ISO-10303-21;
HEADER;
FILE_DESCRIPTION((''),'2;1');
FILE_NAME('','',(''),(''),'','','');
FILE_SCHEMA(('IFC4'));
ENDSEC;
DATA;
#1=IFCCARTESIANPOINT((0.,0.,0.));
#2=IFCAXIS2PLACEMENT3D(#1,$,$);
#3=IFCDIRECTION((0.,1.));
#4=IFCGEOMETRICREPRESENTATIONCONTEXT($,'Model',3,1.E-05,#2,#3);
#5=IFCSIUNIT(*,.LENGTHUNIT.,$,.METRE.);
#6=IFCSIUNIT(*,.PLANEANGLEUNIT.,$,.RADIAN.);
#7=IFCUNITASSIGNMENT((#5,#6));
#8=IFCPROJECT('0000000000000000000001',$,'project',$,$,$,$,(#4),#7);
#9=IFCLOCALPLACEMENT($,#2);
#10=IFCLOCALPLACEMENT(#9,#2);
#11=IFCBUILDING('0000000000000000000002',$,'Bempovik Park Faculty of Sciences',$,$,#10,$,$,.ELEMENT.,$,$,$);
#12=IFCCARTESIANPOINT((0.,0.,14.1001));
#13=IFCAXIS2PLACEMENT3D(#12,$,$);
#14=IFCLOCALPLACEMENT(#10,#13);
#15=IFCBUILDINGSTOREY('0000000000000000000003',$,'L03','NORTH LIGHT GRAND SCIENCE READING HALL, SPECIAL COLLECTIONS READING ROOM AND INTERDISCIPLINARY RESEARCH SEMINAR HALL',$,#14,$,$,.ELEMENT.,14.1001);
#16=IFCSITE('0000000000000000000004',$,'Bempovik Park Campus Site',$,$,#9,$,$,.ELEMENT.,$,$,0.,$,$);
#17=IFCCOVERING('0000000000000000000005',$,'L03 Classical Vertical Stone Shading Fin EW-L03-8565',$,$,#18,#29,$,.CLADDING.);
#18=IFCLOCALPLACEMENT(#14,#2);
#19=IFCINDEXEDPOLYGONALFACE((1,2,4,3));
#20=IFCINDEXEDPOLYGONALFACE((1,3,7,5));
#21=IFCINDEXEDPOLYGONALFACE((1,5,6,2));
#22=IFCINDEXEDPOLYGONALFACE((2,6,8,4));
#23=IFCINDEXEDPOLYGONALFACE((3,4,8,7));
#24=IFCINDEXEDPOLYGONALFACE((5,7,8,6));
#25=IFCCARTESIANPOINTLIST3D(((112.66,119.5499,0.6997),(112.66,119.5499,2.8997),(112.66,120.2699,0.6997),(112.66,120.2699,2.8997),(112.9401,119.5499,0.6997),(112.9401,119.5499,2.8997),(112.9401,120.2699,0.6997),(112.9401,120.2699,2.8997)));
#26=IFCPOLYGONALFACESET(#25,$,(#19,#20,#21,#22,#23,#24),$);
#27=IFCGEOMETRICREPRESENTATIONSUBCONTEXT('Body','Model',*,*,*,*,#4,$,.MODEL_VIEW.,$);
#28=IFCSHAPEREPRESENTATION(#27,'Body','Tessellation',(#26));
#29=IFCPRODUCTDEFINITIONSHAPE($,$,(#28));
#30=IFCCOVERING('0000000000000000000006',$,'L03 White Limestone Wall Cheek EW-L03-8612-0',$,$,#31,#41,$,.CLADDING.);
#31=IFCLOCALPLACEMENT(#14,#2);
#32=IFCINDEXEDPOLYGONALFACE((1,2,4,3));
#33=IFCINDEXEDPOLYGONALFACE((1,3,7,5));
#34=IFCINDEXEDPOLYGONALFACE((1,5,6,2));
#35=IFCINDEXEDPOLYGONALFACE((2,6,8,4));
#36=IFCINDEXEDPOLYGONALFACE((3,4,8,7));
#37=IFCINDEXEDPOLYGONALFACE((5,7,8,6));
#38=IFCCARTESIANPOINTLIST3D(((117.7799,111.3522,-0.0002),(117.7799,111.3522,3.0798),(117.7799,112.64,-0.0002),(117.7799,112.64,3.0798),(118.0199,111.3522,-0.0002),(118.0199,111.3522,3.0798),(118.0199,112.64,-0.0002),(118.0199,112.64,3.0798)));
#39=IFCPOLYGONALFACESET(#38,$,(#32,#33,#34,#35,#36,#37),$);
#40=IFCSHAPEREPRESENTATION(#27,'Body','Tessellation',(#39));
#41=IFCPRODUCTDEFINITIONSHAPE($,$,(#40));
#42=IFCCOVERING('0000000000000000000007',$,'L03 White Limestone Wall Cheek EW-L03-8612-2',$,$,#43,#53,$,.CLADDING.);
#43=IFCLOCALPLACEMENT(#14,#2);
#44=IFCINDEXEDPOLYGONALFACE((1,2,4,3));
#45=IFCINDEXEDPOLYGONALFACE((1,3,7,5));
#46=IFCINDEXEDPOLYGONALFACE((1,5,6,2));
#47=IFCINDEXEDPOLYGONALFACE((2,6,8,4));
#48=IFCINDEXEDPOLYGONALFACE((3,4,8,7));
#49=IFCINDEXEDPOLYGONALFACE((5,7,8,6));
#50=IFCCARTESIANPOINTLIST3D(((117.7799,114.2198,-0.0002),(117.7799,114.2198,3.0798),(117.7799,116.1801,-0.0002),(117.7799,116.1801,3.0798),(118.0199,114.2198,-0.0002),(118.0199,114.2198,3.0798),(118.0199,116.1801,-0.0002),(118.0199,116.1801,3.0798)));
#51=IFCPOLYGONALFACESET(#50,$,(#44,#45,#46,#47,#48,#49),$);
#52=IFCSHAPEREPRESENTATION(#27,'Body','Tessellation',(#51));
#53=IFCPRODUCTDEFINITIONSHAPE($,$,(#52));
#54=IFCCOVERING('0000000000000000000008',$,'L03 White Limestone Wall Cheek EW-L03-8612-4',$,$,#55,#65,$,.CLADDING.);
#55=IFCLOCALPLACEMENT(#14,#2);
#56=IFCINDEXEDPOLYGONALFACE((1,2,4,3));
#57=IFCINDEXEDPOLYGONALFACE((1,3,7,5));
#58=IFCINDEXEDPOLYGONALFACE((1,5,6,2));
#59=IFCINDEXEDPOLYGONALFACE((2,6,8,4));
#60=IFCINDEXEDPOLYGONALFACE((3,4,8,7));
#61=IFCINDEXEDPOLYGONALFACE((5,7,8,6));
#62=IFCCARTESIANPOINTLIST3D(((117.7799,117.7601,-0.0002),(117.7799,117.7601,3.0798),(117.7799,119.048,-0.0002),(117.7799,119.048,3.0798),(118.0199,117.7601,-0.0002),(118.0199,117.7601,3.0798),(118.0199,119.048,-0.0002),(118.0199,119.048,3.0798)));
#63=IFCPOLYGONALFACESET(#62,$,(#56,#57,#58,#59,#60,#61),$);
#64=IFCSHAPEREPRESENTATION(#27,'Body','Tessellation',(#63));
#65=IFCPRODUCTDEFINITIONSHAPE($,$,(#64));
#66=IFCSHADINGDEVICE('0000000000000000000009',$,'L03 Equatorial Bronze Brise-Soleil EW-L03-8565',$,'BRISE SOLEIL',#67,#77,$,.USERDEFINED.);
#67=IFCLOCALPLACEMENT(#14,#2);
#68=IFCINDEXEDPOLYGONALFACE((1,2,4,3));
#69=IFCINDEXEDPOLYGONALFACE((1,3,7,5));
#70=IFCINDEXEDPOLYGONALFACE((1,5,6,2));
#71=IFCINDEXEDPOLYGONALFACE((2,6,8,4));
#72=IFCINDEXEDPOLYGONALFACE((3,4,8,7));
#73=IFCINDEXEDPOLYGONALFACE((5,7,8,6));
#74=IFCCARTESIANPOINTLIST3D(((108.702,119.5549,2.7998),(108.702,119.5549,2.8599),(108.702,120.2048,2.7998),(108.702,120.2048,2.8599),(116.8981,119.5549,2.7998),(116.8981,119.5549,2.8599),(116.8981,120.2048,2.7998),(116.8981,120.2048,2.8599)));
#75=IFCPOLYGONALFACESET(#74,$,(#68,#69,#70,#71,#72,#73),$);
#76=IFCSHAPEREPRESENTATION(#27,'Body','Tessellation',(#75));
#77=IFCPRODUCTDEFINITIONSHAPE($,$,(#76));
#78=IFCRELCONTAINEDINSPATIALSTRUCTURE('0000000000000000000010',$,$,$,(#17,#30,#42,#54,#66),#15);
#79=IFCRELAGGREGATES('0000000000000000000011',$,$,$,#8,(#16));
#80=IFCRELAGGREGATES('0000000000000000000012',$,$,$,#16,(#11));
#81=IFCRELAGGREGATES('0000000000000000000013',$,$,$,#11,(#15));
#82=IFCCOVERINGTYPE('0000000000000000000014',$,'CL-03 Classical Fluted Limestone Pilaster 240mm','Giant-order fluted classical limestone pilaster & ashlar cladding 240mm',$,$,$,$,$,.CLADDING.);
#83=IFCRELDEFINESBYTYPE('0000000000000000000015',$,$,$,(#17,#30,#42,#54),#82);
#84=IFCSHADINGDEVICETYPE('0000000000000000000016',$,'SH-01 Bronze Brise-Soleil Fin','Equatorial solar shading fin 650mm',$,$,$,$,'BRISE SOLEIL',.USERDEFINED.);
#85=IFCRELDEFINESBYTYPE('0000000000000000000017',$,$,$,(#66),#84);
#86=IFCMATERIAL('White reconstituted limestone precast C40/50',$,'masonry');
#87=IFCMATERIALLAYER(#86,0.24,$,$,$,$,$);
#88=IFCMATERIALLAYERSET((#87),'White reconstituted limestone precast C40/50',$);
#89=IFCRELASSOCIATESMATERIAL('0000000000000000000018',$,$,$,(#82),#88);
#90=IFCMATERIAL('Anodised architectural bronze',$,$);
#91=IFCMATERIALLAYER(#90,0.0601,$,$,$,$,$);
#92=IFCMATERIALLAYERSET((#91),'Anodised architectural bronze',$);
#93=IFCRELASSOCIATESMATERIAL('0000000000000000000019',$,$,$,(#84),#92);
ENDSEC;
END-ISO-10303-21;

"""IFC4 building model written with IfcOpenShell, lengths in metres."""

from ifc_helpers import new_model, si_unit, direction, frame, origin, origin_2d, place, context, subcontext, project, spatial, rectangle, extrude, material, layer, layer_set, type_object, element, save


model = new_model("IFC4")

# Units and contexts
model_context = context("Model", 3, precision=1e-05, world=origin(), true_north=direction((0.0, 1.0)))
body_context = subcontext(model_context, "Body", "Model", "MODEL_VIEW")
ifc_project = project(units=[si_unit("LENGTHUNIT", "METRE"), si_unit("PLANEANGLEUNIT", "RADIAN")], contexts=[model_context])

# Site, building, storey
site_placement = place(None, origin())
site = spatial("IfcSite", under=ifc_project, at=site_placement, Name="Bempovik Park Campus Site", CompositionType="ELEMENT", RefElevation=0.0)
building_placement = place(site_placement, origin())
building = spatial("IfcBuilding", under=site, at=building_placement, Name="Bempovik Park Faculty of Sciences", CompositionType="ELEMENT")
storey_placement = place(building_placement, frame((0.0, 0.0, 14.1001)))
storey = spatial("IfcBuildingStorey", under=building, at=storey_placement, Name="L03", Description="NORTH LIGHT GRAND SCIENCE READING HALL, SPECIAL COLLECTIONS READING ROOM AND INTERDISCIPLINARY RESEARCH SEMINAR HALL", CompositionType="ELEMENT", Elevation=14.1001)

# Coverings
ifc_material_1 = material(Name="White reconstituted limestone precast C40/50", Category="masonry")
ifc_layer_1 = layer(ifc_material_1, 0.24)
ifc_layer_set_1 = layer_set([ifc_layer_1], Name="White reconstituted limestone precast C40/50")
covering_type_1 = type_object("IfcCoveringType", Name="CL-03 Classical Fluted Limestone Pilaster 240mm", Description="Giant-order fluted classical limestone pilaster & ashlar cladding 240mm", PredefinedType="CLADDING", material=ifc_layer_set_1)
covering_1_placement = place(storey_placement, frame((112.8, 119.9099, 0.6997), z_axis=(0.0, 0.0, 1.0), x_axis=(1.0, 0.0, 0.0)))
element("IfcCovering", 1, at=covering_1_placement, inside=storey, type_object=covering_type_1, Name="L03 Classical Vertical Stone Shading Fin EW-L03-8565", PredefinedType="CLADDING", context=body_context, shape_type="SweptSolid", body=[
    extrude(rectangle(XDim=0.28, YDim=0.72, at=origin_2d()), origin(), (0.0, 0.0, 1.0), 2.2),
])
covering_2_placement = place(storey_placement, frame((117.8999, 111.9961, -0.0002), z_axis=(0.0, 0.0, 1.0), x_axis=(1.0, 0.0, 0.0)))
element("IfcCovering", 2, at=covering_2_placement, inside=storey, type_object=covering_type_1, Name="L03 White Limestone Wall Cheek EW-L03-8612-0", PredefinedType="CLADDING", context=body_context, shape_type="SweptSolid", body=[
    extrude(rectangle(XDim=0.24, YDim=1.2878, at=origin_2d()), origin(), (0.0, 0.0, 1.0), 3.0801),
])
covering_3_placement = place(storey_placement, frame((117.8999, 115.2, -0.0002), z_axis=(0.0, 0.0, 1.0), x_axis=(1.0, 0.0, 0.0)))
element("IfcCovering", 3, at=covering_3_placement, inside=storey, type_object=covering_type_1, Name="L03 White Limestone Wall Cheek EW-L03-8612-2", PredefinedType="CLADDING", context=body_context, shape_type="SweptSolid", body=[
    extrude(rectangle(XDim=0.24, YDim=1.9602, at=origin_2d()), origin(), (0.0, 0.0, 1.0), 3.0801),
])
covering_4_placement = place(storey_placement, frame((117.8999, 118.4041, -0.0002), z_axis=(0.0, 0.0, 1.0), x_axis=(1.0, 0.0, 0.0)))
element("IfcCovering", 4, at=covering_4_placement, inside=storey, type_object=covering_type_1, Name="L03 White Limestone Wall Cheek EW-L03-8612-4", PredefinedType="CLADDING", context=body_context, shape_type="SweptSolid", body=[
    extrude(rectangle(XDim=0.24, YDim=1.2878, at=origin_2d()), origin(), (0.0, 0.0, 1.0), 3.0801),
])

# Shading device
ifc_material_2 = material(Name="Anodised architectural bronze")
ifc_layer_2 = layer(ifc_material_2, 0.0601)
ifc_layer_set_2 = layer_set([ifc_layer_2], Name="Anodised architectural bronze")
shading_device_type = type_object("IfcShadingDeviceType", Name="SH-01 Bronze Brise-Soleil Fin", Description="Equatorial solar shading fin 650mm", ElementType="BRISE SOLEIL", PredefinedType="USERDEFINED", material=ifc_layer_set_2)
shading_device_placement = place(storey_placement, frame((112.8, 119.8799, 2.7998), z_axis=(0.0, 0.0, 1.0), x_axis=(1.0, 0.0, 0.0)))
element("IfcShadingDevice", 5, at=shading_device_placement, inside=storey, type_object=shading_device_type, Name="L03 Equatorial Bronze Brise-Soleil EW-L03-8565", ObjectType="BRISE SOLEIL", PredefinedType="USERDEFINED", context=body_context, shape_type="SweptSolid", body=[
    extrude(rectangle(XDim=8.196, YDim=0.6499, at=origin_2d()), origin(), (0.0, 0.0, 1.0), 0.0601),
])

save(model, "model.ifc")
